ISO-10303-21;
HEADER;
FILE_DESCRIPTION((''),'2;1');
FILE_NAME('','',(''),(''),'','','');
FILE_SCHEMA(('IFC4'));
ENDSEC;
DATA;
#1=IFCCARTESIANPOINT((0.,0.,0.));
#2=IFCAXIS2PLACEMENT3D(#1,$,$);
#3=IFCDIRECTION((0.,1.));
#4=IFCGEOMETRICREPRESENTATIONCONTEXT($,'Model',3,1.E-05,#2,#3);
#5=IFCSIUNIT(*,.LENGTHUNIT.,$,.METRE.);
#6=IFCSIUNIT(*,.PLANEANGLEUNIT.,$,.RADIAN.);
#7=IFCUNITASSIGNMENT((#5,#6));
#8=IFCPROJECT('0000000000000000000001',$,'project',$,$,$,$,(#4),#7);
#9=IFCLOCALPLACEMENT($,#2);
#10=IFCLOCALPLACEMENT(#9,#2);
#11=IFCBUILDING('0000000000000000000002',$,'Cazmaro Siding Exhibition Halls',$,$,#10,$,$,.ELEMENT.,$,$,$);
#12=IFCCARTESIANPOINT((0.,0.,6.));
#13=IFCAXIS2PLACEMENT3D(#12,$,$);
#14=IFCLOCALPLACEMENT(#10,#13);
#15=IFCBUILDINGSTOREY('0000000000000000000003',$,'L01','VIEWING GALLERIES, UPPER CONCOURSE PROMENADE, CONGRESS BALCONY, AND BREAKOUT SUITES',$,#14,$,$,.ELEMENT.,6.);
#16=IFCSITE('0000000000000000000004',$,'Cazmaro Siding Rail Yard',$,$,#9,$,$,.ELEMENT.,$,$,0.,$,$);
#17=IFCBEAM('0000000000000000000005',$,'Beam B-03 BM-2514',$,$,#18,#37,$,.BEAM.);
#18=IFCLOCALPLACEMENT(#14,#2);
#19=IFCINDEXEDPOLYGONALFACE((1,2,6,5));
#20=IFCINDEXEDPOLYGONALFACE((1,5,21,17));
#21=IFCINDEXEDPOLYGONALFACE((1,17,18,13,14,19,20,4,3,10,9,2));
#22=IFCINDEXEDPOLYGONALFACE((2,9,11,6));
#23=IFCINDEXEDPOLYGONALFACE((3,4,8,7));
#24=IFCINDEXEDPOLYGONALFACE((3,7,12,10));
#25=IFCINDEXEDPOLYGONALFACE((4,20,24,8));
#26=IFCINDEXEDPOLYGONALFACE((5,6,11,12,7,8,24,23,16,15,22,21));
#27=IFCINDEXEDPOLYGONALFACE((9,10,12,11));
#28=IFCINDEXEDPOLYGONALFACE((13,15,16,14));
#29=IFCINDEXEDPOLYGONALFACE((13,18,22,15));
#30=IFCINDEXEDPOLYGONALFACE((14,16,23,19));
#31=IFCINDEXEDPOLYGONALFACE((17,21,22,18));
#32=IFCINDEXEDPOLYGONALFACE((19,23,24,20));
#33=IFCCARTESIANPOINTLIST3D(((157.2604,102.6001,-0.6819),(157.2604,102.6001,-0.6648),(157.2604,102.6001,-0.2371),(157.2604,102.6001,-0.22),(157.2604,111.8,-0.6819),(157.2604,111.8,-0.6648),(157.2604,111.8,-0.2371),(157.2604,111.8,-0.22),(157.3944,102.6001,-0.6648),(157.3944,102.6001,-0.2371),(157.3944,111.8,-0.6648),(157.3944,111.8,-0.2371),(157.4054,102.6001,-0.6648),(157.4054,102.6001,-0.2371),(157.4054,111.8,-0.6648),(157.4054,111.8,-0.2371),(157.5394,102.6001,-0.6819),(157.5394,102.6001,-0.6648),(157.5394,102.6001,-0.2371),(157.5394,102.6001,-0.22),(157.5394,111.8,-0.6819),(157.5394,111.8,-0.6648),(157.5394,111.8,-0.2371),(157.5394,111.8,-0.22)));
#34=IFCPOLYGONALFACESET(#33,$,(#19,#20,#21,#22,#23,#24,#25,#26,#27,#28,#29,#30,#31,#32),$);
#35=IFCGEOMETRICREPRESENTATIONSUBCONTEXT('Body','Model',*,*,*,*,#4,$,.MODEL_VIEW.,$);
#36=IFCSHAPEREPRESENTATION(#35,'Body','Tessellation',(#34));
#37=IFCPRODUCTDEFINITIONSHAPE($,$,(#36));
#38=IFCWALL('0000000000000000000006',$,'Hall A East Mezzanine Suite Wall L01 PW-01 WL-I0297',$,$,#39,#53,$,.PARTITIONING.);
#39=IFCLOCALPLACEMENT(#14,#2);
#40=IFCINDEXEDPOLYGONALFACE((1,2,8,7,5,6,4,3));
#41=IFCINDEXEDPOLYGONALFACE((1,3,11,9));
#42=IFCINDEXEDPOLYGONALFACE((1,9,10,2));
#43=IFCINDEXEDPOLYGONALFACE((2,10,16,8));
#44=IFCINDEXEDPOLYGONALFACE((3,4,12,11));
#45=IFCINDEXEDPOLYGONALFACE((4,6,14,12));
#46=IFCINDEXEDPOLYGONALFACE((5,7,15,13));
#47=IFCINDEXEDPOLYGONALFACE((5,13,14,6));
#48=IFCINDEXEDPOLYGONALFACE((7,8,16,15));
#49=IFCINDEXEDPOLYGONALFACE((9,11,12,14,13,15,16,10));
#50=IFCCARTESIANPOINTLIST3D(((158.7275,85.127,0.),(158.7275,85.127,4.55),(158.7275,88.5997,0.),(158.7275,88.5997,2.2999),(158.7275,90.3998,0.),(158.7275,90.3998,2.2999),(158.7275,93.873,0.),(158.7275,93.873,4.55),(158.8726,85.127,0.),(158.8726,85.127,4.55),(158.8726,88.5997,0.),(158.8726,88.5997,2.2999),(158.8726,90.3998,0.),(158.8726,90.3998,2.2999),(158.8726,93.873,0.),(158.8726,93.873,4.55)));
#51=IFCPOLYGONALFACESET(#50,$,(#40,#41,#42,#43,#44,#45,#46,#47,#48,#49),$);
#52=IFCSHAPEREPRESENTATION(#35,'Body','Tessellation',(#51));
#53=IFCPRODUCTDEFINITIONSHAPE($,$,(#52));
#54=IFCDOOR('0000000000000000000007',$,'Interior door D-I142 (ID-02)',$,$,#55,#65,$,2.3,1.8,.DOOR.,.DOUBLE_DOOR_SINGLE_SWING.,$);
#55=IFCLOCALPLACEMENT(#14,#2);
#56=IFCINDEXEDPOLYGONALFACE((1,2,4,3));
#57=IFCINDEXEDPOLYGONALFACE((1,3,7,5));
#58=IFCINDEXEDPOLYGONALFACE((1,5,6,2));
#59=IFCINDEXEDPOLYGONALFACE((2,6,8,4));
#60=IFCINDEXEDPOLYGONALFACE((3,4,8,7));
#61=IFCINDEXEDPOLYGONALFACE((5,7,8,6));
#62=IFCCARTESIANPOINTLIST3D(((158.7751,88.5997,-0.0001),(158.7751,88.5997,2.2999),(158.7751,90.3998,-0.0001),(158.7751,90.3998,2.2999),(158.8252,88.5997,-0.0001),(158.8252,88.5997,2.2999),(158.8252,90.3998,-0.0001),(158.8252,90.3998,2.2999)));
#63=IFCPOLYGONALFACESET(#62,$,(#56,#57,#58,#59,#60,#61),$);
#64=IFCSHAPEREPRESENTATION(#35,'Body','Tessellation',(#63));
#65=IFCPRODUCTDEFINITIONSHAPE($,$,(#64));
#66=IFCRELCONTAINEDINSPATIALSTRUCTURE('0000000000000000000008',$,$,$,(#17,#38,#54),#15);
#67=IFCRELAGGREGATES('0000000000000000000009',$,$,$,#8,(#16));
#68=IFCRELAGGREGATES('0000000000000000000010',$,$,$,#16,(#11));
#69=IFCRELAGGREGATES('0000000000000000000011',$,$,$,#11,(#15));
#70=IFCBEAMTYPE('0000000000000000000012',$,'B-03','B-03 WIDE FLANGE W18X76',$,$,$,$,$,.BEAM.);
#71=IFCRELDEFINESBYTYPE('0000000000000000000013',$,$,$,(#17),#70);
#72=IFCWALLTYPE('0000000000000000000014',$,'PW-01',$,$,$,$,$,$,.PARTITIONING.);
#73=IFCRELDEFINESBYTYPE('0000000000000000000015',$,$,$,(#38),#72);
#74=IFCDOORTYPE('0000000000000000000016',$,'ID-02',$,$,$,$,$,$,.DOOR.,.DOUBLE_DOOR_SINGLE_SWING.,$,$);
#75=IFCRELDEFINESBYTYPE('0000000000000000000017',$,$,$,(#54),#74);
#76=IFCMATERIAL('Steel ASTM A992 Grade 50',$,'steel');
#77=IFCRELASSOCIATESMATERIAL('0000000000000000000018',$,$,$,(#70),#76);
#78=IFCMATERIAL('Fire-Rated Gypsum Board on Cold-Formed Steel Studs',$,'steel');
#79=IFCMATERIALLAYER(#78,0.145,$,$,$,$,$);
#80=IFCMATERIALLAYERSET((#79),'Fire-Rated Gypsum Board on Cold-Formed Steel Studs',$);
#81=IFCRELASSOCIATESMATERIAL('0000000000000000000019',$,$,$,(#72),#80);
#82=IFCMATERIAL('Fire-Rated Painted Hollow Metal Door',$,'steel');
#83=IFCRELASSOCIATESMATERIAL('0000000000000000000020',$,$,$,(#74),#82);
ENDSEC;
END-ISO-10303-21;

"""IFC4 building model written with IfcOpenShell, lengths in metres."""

from ifc_helpers import new_model, si_unit, direction, frame, frame_2d, origin, origin_2d, place, context, subcontext, project, spatial, rectangle, i_section, extrude, material, layer, layer_set, material_profile, profile_set, type_object, element, fill, save


model = new_model("IFC4")

# Units and contexts
model_context = context("Model", 3, precision=1e-05, world=origin(), true_north=direction((0.0, 1.0)))
body_context = subcontext(model_context, "Body", "Model", "MODEL_VIEW")
ifc_project = project(units=[si_unit("LENGTHUNIT", "METRE"), si_unit("PLANEANGLEUNIT", "RADIAN")], contexts=[model_context])

# Site, building, storey
site_placement = place(None, origin())
site = spatial("IfcSite", under=ifc_project, at=site_placement, Name="Cazmaro Siding Rail Yard", CompositionType="ELEMENT", RefElevation=0.0)
building_placement = place(site_placement, origin())
building = spatial("IfcBuilding", under=site, at=building_placement, Name="Cazmaro Siding Exhibition Halls", CompositionType="ELEMENT")
storey_placement = place(building_placement, frame((0.0, 0.0, 6.0)))
storey = spatial("IfcBuildingStorey", under=building, at=storey_placement, Name="L01", Description="VIEWING GALLERIES, UPPER CONCOURSE PROMENADE, CONGRESS BALCONY, AND BREAKOUT SUITES", CompositionType="ELEMENT", Elevation=6.0)

# Beam
ifc_material_1 = material(Name="Steel ASTM A992 Grade 50", Category="steel")
ifc_material_profile_1 = material_profile(ifc_material_1, i_section(OverallWidth=0.2791, OverallDepth=0.4619, WebThickness=0.011, FlangeThickness=0.0171, at=origin_2d()), Name="W18X76")
ifc_profile_set_1 = profile_set([ifc_material_profile_1], Name="Steel ASTM A992 Grade 50")
beam_type_1 = type_object("IfcBeamType", Name="B-03", Description="B-03 WIDE FLANGE W18X76", PredefinedType="BEAM", material=ifc_profile_set_1)
for number, where, z_axis, x_axis, name in (
    (1, (157.3999, 102.6001, -0.4509), (0.0, 1.0, 0.0), (-1.0, 0.0, 0.0), "Beam B-03 BM-2514"),
):
    element("IfcBeam", number, at=place(storey_placement, frame(where, z_axis=z_axis, x_axis=x_axis)), inside=storey, type_object=beam_type_1, Name=name, PredefinedType="BEAM", context=body_context, shape_type="SweptSolid", body=[
        extrude(i_section(OverallWidth=0.2791, OverallDepth=0.4619, WebThickness=0.011, FlangeThickness=0.0171, at=origin_2d()), origin(), (0.0, 0.0, 1.0), 9.2),
    ])

# Wall, opening, door
ifc_material_2 = material(Name="Fire-Rated Gypsum Board on Cold-Formed Steel Studs", Category="steel")
ifc_layer = layer(ifc_material_2, 0.145)
ifc_layer_set = layer_set([ifc_layer], Name="Fire-Rated Gypsum Board on Cold-Formed Steel Studs")
wall_type = type_object("IfcWallType", Name="PW-01", PredefinedType="PARTITIONING", material=ifc_layer_set)
wall_placement = place(storey_placement, frame((158.8, 85.127, 0.0), z_axis=(0.0, 0.0, 1.0), x_axis=(0.0, 1.0, 0.0)))
wall = element("IfcWall", 2, at=wall_placement, inside=storey, type_object=wall_type, Name="Hall A East Mezzanine Suite Wall L01 PW-01 WL-I0297", PredefinedType="PARTITIONING", context=body_context, shape_type="SweptSolid", body=[
    extrude(rectangle(XDim=8.7461, YDim=0.145, at=frame_2d((4.373, 0.0))), origin(), (0.0, 0.0, 1.0), 4.55),
])
opening_placement = place(wall_placement, frame((3.4729, 0.0, 0.0)))
opening = element("IfcOpeningElement", 3, at=opening_placement, cuts=wall, PredefinedType="OPENING", context=body_context, shape_type="SweptSolid", body=[
    extrude(rectangle(XDim=1.8, YDim=2.3, at=frame_2d((0.8999, 1.1499))), frame((0.0, 0.0825, 0.0), z_axis=(0.0, -1.0, 0.0), x_axis=(1.0, 0.0, 0.0)), (0.0, 0.0, 1.0), 0.165),
])
ifc_material_3 = material(Name="Fire-Rated Painted Hollow Metal Door", Category="steel")
door_type = type_object("IfcDoorType", Name="ID-02", OperationType="DOUBLE_DOOR_SINGLE_SWING", PredefinedType="DOOR", material=ifc_material_3)
door_placement = place(opening_placement, origin())
door = element("IfcDoor", 4, at=door_placement, inside=storey, type_object=door_type, Name="Interior door D-I142 (ID-02)", OperationType="DOUBLE_DOOR_SINGLE_SWING", OverallHeight=2.3, OverallWidth=1.8, PredefinedType="DOOR", context=body_context, shape_type="SweptSolid", body=[
    extrude(rectangle(XDim=1.8, YDim=2.3, at=frame_2d((0.8999, 1.1499))), frame((0.0, 0.0249, 0.0), z_axis=(0.0, -1.0, 0.0), x_axis=(1.0, 0.0, 0.0)), (0.0, 0.0, 1.0), 0.05),
])
fill(opening, door)

save(model, "model.ifc")
